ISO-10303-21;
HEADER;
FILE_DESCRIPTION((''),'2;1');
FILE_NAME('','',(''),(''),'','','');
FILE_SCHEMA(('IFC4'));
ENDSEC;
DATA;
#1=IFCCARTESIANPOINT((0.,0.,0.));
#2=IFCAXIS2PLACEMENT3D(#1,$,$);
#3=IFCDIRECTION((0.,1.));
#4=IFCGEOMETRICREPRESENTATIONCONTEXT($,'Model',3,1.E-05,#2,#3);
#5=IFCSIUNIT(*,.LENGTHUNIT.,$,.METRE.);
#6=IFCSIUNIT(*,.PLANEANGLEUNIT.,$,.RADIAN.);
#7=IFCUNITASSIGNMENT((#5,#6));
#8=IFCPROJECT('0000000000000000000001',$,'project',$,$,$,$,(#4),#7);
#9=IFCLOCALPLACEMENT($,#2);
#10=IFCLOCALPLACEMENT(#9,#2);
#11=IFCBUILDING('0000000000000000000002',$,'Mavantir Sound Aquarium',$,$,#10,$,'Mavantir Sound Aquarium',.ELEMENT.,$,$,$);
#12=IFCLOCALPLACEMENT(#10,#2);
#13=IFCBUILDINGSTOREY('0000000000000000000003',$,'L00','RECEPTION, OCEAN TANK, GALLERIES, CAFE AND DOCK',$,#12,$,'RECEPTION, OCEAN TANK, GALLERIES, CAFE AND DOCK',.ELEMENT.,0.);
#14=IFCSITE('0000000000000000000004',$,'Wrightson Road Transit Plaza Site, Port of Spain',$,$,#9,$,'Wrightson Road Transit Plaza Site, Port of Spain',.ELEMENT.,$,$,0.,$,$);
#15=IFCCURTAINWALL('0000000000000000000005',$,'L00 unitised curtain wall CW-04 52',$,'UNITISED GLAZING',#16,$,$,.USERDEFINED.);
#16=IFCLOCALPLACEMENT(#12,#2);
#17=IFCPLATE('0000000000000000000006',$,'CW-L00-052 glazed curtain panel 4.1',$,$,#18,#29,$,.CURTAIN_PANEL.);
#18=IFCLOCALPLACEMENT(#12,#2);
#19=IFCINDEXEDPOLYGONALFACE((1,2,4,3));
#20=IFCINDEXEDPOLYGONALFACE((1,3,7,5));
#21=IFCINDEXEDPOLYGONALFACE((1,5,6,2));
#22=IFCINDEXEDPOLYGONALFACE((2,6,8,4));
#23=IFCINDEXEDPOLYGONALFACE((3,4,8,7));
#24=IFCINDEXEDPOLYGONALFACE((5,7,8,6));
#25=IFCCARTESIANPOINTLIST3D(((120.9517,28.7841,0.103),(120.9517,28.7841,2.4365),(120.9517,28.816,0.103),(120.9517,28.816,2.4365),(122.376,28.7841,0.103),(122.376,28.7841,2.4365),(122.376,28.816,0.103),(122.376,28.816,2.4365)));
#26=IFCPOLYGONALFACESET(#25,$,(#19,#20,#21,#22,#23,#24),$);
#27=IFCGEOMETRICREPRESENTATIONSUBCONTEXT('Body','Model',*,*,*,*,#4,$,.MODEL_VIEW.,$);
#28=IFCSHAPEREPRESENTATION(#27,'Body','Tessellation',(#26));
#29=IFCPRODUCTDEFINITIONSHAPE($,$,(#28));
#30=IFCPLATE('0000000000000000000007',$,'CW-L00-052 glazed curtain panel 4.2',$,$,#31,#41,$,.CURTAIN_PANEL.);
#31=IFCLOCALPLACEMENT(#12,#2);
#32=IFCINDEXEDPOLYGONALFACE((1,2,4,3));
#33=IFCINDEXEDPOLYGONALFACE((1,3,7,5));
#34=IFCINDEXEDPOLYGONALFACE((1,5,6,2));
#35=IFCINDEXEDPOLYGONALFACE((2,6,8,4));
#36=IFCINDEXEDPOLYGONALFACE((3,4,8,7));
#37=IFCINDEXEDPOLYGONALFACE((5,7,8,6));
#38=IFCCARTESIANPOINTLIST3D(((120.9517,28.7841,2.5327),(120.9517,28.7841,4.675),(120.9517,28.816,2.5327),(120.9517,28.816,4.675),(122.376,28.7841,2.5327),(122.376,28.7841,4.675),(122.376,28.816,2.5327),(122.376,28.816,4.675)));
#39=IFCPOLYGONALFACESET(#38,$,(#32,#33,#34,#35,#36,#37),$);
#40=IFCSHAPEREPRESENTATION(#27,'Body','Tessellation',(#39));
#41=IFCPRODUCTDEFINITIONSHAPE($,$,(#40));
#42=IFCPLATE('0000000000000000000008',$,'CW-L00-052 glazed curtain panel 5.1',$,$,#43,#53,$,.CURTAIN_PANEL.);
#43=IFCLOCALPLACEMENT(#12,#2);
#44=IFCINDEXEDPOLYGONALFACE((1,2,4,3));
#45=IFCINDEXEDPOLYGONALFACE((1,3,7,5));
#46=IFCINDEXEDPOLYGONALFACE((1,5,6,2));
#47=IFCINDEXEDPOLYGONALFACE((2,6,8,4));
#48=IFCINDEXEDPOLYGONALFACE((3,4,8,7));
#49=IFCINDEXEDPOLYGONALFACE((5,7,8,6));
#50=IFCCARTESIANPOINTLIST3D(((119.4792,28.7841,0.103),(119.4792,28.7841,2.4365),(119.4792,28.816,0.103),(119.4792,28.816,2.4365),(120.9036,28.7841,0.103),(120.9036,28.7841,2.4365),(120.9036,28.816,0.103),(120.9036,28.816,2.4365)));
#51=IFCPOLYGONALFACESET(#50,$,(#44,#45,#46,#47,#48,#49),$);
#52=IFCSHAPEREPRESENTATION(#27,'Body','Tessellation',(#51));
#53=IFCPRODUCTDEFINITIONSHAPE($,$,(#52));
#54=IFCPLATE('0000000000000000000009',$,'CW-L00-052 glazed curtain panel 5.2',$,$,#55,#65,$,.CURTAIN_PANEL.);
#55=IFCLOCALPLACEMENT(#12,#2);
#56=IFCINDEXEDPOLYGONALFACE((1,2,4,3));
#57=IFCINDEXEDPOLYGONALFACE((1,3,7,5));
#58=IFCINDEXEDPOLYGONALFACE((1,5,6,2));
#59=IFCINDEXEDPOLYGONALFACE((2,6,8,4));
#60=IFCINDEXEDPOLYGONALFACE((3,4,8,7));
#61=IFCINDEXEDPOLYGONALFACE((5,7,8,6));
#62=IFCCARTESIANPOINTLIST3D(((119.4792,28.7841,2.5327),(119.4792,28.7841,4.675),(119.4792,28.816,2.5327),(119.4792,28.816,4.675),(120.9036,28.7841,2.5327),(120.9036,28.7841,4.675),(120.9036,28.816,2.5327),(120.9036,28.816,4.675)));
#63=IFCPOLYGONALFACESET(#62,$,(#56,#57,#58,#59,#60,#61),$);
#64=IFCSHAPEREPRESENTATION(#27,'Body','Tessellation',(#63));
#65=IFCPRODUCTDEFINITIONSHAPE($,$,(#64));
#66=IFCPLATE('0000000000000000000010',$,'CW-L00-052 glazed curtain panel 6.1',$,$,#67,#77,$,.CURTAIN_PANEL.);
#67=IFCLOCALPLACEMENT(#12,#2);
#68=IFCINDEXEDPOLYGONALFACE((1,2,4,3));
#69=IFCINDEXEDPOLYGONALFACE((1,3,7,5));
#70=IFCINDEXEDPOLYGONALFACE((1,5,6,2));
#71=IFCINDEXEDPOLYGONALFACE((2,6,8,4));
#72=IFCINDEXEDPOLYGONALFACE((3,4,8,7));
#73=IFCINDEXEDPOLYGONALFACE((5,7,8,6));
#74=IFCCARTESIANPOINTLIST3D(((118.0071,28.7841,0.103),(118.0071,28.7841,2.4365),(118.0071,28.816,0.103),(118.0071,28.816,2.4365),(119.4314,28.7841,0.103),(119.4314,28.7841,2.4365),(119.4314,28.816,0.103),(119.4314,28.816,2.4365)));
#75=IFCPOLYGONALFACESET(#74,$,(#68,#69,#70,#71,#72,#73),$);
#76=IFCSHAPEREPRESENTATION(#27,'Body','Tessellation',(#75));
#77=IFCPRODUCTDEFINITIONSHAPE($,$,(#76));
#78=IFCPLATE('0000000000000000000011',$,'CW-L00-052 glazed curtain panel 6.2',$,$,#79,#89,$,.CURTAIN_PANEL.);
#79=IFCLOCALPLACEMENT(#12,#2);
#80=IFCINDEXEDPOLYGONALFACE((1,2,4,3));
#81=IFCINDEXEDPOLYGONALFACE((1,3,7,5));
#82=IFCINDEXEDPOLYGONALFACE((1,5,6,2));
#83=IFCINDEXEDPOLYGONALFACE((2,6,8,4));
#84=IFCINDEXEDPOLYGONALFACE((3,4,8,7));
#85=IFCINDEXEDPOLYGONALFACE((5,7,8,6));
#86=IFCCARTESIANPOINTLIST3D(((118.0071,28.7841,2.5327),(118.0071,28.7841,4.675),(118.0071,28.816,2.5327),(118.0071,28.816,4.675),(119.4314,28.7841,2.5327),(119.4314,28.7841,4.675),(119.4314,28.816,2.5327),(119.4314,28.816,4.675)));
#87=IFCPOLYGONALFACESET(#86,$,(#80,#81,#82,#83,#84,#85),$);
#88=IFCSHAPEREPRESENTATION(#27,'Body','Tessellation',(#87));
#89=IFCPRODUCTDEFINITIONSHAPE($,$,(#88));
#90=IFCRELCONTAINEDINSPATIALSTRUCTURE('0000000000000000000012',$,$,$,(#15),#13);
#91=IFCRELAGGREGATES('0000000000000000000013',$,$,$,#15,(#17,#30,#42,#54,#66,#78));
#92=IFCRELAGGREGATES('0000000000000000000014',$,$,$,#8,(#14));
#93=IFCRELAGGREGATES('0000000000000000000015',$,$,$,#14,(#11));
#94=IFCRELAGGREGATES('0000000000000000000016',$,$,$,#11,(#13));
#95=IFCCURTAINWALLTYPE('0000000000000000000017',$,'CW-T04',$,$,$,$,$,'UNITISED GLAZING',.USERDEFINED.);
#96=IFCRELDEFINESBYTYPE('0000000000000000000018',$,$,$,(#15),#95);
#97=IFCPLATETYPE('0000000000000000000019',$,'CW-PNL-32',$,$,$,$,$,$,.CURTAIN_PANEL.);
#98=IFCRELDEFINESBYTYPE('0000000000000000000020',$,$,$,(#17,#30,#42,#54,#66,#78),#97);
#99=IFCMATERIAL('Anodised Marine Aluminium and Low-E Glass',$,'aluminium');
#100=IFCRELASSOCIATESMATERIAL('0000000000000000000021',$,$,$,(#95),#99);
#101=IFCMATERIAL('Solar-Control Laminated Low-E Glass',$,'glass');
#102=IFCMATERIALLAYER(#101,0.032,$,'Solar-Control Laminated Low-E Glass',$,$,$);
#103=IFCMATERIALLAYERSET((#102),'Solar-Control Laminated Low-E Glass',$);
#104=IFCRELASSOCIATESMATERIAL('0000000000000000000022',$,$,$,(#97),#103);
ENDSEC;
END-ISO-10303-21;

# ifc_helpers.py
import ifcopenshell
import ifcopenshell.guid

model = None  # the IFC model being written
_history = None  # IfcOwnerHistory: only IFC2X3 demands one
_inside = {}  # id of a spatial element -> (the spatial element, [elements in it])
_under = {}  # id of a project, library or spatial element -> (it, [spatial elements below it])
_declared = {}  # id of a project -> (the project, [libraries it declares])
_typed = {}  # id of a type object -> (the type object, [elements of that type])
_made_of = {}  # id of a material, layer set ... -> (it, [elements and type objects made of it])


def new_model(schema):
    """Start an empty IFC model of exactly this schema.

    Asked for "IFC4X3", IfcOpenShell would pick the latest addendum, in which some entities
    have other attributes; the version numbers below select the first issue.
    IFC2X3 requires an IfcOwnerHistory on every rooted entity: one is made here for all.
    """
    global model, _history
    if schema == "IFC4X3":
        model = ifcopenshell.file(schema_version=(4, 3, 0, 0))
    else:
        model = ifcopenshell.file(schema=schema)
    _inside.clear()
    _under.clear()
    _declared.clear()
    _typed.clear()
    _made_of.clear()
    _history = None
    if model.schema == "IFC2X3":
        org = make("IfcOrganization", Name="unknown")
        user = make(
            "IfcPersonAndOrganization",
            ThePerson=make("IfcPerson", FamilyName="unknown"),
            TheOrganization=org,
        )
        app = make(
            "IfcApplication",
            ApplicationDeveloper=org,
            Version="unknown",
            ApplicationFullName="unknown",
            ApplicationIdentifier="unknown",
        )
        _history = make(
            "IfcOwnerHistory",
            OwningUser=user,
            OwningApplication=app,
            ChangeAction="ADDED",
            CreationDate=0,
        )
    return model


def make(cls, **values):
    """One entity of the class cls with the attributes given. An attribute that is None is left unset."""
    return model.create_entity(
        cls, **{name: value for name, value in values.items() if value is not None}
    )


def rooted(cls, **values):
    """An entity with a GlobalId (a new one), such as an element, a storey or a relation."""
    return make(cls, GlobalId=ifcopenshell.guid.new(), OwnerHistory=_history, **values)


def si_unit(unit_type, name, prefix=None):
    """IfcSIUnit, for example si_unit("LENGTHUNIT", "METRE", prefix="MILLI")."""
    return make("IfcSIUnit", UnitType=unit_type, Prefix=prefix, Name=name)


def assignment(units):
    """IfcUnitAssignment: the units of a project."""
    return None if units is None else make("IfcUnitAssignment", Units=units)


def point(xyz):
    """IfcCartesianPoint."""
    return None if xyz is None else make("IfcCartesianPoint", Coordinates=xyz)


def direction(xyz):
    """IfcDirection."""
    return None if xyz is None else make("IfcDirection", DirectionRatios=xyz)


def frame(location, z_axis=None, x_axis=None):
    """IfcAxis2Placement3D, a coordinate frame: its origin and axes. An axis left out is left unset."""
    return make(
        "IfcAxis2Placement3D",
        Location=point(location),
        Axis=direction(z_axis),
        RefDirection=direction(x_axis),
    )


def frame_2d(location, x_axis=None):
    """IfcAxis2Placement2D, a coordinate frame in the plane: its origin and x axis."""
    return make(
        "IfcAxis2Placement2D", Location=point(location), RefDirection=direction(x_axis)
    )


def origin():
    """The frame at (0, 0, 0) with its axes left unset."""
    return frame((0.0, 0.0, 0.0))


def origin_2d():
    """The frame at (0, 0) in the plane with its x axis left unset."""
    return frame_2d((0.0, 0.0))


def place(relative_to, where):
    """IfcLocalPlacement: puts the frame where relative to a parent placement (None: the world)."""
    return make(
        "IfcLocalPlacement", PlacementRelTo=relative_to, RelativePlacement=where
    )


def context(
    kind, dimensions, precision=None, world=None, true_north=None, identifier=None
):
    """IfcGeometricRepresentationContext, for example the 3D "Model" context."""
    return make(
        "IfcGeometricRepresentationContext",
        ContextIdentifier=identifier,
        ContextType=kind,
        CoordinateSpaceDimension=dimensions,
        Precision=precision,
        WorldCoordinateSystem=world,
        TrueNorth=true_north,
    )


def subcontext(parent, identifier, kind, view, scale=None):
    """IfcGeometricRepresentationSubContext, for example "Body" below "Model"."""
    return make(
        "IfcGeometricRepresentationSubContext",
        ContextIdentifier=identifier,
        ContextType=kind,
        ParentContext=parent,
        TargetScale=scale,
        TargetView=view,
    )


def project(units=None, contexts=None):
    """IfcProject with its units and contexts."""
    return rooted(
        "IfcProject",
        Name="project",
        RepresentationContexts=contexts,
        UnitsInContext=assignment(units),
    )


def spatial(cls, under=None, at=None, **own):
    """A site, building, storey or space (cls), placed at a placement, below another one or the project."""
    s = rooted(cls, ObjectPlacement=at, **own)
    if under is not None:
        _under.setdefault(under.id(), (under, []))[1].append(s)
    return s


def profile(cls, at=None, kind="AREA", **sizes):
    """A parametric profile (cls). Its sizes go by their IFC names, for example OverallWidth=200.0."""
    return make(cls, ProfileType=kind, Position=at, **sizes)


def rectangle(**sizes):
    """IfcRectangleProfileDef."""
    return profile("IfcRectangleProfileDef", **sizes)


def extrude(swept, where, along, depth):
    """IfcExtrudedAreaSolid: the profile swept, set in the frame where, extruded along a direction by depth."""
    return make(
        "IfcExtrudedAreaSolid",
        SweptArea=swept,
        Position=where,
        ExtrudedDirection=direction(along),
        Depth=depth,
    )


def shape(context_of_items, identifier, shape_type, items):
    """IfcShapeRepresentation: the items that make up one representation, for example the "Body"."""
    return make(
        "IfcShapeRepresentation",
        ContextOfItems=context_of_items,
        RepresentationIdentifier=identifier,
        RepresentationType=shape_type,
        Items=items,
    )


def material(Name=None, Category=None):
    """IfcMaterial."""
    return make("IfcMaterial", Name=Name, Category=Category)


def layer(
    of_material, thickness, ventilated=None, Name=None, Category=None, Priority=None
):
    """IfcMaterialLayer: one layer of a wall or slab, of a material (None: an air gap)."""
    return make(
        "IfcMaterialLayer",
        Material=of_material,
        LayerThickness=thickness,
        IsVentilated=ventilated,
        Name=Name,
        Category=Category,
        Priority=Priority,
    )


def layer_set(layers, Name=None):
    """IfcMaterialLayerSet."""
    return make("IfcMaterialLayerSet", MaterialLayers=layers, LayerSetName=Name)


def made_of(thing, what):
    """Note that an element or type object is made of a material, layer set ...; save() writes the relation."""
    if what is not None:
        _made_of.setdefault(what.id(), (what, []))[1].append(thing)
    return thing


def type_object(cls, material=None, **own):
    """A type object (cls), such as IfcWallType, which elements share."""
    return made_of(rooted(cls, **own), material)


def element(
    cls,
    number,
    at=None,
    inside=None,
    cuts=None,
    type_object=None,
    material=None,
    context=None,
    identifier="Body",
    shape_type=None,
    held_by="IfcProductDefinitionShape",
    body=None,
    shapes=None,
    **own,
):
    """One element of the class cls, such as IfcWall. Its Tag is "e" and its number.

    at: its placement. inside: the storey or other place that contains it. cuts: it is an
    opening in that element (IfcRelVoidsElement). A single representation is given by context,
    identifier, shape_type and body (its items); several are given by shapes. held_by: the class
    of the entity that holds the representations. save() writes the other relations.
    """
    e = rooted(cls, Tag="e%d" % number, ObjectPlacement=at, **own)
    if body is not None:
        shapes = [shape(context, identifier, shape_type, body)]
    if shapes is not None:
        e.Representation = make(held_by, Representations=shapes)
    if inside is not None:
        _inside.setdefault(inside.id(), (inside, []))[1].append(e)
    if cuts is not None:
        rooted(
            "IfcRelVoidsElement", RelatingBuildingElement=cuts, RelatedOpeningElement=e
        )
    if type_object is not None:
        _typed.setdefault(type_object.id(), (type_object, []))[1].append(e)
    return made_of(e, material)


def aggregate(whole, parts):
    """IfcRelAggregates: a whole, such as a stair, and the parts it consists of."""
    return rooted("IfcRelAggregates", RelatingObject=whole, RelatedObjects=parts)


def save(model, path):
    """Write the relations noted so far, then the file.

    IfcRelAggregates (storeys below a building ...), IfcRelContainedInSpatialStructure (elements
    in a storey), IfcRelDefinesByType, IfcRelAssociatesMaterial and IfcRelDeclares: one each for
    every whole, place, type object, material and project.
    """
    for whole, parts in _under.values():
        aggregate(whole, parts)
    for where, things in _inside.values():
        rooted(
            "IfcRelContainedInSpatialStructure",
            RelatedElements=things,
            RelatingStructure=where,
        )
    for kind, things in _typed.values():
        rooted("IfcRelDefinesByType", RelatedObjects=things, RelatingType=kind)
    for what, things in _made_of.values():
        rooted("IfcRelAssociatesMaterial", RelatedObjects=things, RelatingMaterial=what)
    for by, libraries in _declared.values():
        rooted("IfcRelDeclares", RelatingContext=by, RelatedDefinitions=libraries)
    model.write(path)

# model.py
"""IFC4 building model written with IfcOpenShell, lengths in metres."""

from ifc_helpers import new_model, si_unit, direction, frame, origin, origin_2d, place, context, subcontext, project, spatial, rectangle, extrude, material, layer, layer_set, type_object, element, aggregate, save


model = new_model("IFC4")

# Units and contexts
model_context = context("Model", 3, precision=1e-05, world=origin(), true_north=direction((0.0, 1.0)))
body_context = subcontext(model_context, "Body", "Model", "MODEL_VIEW")
ifc_project = project(units=[si_unit("LENGTHUNIT", "METRE"), si_unit("PLANEANGLEUNIT", "RADIAN")], contexts=[model_context])

# Site, building, storey
site_placement = place(None, origin())
site = spatial("IfcSite", under=ifc_project, at=site_placement, Name="Wrightson Road Transit Plaza Site, Port of Spain", LongName="Wrightson Road Transit Plaza Site, Port of Spain", CompositionType="ELEMENT", RefElevation=0.0)
building_placement = place(site_placement, origin())
building = spatial("IfcBuilding", under=site, at=building_placement, Name="Mavantir Sound Aquarium", LongName="Mavantir Sound Aquarium", CompositionType="ELEMENT")
storey_placement = place(building_placement, origin())
storey = spatial("IfcBuildingStorey", under=building, at=storey_placement, Name="L00", Description="RECEPTION, OCEAN TANK, GALLERIES, CAFE AND DOCK", LongName="RECEPTION, OCEAN TANK, GALLERIES, CAFE AND DOCK", CompositionType="ELEMENT", Elevation=0.0)

# Shared definitions
ifc_material_1 = material(Name="Anodised Marine Aluminium and Low-E Glass", Category="aluminium")

# Curtain wall
curtain_wall_type_1 = type_object("IfcCurtainWallType", Name="CW-T04", ElementType="UNITISED GLAZING", PredefinedType="USERDEFINED", material=ifc_material_1)
curtain_wall_1_placement = place(storey_placement, origin())
curtain_wall_1 = element("IfcCurtainWall", 1, at=curtain_wall_1_placement, inside=storey, type_object=curtain_wall_type_1, Name="L00 unitised curtain wall CW-04 52", ObjectType="UNITISED GLAZING", PredefinedType="USERDEFINED")

# Plates
ifc_material_2 = material(Name="Solar-Control Laminated Low-E Glass", Category="glass")
ifc_layer_1 = layer(ifc_material_2, 0.032, Name="Solar-Control Laminated Low-E Glass")
ifc_layer_set_1 = layer_set([ifc_layer_1], Name="Solar-Control Laminated Low-E Glass")
plate_type_1 = type_object("IfcPlateType", Name="CW-PNL-32", PredefinedType="CURTAIN_PANEL", material=ifc_layer_set_1)
plate_1_placement = place(storey_placement, frame((121.6638, 28.8, 0.103), z_axis=(0.0, 0.0, 1.0), x_axis=(-1.0, 0.0, 0.0)))
plate_1 = element("IfcPlate", 2, at=plate_1_placement, type_object=plate_type_1, Name="CW-L00-052 glazed curtain panel 4.1", PredefinedType="CURTAIN_PANEL", context=body_context, shape_type="SweptSolid", body=[
    extrude(rectangle(XDim=1.4243, YDim=0.032, at=origin_2d()), origin(), (0.0, 0.0, 1.0), 2.3335),
])
plate_2_placement = place(storey_placement, frame((121.6638, 28.8, 2.5327), z_axis=(0.0, 0.0, 1.0), x_axis=(-1.0, 0.0, 0.0)))
plate_2 = element("IfcPlate", 3, at=plate_2_placement, type_object=plate_type_1, Name="CW-L00-052 glazed curtain panel 4.2", PredefinedType="CURTAIN_PANEL", context=body_context, shape_type="SweptSolid", body=[
    extrude(rectangle(XDim=1.4243, YDim=0.032, at=origin_2d()), origin(), (0.0, 0.0, 1.0), 2.1423),
])
plate_3_placement = place(storey_placement, frame((120.1914, 28.8, 0.103), z_axis=(0.0, 0.0, 1.0), x_axis=(-1.0, 0.0, 0.0)))
plate_3 = element("IfcPlate", 4, at=plate_3_placement, type_object=plate_type_1, Name="CW-L00-052 glazed curtain panel 5.1", PredefinedType="CURTAIN_PANEL", context=body_context, shape_type="SweptSolid", body=[
    extrude(rectangle(XDim=1.4243, YDim=0.032, at=origin_2d()), origin(), (0.0, 0.0, 1.0), 2.3335),
])
plate_4_placement = place(storey_placement, frame((120.1914, 28.8, 2.5327), z_axis=(0.0, 0.0, 1.0), x_axis=(-1.0, 0.0, 0.0)))
plate_4 = element("IfcPlate", 5, at=plate_4_placement, type_object=plate_type_1, Name="CW-L00-052 glazed curtain panel 5.2", PredefinedType="CURTAIN_PANEL", context=body_context, shape_type="SweptSolid", body=[
    extrude(rectangle(XDim=1.4243, YDim=0.032, at=origin_2d()), origin(), (0.0, 0.0, 1.0), 2.1423),
])
plate_5_placement = place(storey_placement, frame((118.7192, 28.8, 0.103), z_axis=(0.0, 0.0, 1.0), x_axis=(-1.0, 0.0, 0.0)))
plate_5 = element("IfcPlate", 6, at=plate_5_placement, type_object=plate_type_1, Name="CW-L00-052 glazed curtain panel 6.1", PredefinedType="CURTAIN_PANEL", context=body_context, shape_type="SweptSolid", body=[
    extrude(rectangle(XDim=1.4243, YDim=0.032, at=origin_2d()), origin(), (0.0, 0.0, 1.0), 2.3335),
])
plate_6_placement = place(storey_placement, frame((118.7192, 28.8, 2.5327), z_axis=(0.0, 0.0, 1.0), x_axis=(-1.0, 0.0, 0.0)))
plate_6 = element("IfcPlate", 7, at=plate_6_placement, type_object=plate_type_1, Name="CW-L00-052 glazed curtain panel 6.2", PredefinedType="CURTAIN_PANEL", context=body_context, shape_type="SweptSolid", body=[
    extrude(rectangle(XDim=1.4243, YDim=0.032, at=origin_2d()), origin(), (0.0, 0.0, 1.0), 2.1423),
])
aggregate(curtain_wall_1, [plate_1, plate_2, plate_3, plate_4, plate_5, plate_6])

save(model, "model.ifc")
